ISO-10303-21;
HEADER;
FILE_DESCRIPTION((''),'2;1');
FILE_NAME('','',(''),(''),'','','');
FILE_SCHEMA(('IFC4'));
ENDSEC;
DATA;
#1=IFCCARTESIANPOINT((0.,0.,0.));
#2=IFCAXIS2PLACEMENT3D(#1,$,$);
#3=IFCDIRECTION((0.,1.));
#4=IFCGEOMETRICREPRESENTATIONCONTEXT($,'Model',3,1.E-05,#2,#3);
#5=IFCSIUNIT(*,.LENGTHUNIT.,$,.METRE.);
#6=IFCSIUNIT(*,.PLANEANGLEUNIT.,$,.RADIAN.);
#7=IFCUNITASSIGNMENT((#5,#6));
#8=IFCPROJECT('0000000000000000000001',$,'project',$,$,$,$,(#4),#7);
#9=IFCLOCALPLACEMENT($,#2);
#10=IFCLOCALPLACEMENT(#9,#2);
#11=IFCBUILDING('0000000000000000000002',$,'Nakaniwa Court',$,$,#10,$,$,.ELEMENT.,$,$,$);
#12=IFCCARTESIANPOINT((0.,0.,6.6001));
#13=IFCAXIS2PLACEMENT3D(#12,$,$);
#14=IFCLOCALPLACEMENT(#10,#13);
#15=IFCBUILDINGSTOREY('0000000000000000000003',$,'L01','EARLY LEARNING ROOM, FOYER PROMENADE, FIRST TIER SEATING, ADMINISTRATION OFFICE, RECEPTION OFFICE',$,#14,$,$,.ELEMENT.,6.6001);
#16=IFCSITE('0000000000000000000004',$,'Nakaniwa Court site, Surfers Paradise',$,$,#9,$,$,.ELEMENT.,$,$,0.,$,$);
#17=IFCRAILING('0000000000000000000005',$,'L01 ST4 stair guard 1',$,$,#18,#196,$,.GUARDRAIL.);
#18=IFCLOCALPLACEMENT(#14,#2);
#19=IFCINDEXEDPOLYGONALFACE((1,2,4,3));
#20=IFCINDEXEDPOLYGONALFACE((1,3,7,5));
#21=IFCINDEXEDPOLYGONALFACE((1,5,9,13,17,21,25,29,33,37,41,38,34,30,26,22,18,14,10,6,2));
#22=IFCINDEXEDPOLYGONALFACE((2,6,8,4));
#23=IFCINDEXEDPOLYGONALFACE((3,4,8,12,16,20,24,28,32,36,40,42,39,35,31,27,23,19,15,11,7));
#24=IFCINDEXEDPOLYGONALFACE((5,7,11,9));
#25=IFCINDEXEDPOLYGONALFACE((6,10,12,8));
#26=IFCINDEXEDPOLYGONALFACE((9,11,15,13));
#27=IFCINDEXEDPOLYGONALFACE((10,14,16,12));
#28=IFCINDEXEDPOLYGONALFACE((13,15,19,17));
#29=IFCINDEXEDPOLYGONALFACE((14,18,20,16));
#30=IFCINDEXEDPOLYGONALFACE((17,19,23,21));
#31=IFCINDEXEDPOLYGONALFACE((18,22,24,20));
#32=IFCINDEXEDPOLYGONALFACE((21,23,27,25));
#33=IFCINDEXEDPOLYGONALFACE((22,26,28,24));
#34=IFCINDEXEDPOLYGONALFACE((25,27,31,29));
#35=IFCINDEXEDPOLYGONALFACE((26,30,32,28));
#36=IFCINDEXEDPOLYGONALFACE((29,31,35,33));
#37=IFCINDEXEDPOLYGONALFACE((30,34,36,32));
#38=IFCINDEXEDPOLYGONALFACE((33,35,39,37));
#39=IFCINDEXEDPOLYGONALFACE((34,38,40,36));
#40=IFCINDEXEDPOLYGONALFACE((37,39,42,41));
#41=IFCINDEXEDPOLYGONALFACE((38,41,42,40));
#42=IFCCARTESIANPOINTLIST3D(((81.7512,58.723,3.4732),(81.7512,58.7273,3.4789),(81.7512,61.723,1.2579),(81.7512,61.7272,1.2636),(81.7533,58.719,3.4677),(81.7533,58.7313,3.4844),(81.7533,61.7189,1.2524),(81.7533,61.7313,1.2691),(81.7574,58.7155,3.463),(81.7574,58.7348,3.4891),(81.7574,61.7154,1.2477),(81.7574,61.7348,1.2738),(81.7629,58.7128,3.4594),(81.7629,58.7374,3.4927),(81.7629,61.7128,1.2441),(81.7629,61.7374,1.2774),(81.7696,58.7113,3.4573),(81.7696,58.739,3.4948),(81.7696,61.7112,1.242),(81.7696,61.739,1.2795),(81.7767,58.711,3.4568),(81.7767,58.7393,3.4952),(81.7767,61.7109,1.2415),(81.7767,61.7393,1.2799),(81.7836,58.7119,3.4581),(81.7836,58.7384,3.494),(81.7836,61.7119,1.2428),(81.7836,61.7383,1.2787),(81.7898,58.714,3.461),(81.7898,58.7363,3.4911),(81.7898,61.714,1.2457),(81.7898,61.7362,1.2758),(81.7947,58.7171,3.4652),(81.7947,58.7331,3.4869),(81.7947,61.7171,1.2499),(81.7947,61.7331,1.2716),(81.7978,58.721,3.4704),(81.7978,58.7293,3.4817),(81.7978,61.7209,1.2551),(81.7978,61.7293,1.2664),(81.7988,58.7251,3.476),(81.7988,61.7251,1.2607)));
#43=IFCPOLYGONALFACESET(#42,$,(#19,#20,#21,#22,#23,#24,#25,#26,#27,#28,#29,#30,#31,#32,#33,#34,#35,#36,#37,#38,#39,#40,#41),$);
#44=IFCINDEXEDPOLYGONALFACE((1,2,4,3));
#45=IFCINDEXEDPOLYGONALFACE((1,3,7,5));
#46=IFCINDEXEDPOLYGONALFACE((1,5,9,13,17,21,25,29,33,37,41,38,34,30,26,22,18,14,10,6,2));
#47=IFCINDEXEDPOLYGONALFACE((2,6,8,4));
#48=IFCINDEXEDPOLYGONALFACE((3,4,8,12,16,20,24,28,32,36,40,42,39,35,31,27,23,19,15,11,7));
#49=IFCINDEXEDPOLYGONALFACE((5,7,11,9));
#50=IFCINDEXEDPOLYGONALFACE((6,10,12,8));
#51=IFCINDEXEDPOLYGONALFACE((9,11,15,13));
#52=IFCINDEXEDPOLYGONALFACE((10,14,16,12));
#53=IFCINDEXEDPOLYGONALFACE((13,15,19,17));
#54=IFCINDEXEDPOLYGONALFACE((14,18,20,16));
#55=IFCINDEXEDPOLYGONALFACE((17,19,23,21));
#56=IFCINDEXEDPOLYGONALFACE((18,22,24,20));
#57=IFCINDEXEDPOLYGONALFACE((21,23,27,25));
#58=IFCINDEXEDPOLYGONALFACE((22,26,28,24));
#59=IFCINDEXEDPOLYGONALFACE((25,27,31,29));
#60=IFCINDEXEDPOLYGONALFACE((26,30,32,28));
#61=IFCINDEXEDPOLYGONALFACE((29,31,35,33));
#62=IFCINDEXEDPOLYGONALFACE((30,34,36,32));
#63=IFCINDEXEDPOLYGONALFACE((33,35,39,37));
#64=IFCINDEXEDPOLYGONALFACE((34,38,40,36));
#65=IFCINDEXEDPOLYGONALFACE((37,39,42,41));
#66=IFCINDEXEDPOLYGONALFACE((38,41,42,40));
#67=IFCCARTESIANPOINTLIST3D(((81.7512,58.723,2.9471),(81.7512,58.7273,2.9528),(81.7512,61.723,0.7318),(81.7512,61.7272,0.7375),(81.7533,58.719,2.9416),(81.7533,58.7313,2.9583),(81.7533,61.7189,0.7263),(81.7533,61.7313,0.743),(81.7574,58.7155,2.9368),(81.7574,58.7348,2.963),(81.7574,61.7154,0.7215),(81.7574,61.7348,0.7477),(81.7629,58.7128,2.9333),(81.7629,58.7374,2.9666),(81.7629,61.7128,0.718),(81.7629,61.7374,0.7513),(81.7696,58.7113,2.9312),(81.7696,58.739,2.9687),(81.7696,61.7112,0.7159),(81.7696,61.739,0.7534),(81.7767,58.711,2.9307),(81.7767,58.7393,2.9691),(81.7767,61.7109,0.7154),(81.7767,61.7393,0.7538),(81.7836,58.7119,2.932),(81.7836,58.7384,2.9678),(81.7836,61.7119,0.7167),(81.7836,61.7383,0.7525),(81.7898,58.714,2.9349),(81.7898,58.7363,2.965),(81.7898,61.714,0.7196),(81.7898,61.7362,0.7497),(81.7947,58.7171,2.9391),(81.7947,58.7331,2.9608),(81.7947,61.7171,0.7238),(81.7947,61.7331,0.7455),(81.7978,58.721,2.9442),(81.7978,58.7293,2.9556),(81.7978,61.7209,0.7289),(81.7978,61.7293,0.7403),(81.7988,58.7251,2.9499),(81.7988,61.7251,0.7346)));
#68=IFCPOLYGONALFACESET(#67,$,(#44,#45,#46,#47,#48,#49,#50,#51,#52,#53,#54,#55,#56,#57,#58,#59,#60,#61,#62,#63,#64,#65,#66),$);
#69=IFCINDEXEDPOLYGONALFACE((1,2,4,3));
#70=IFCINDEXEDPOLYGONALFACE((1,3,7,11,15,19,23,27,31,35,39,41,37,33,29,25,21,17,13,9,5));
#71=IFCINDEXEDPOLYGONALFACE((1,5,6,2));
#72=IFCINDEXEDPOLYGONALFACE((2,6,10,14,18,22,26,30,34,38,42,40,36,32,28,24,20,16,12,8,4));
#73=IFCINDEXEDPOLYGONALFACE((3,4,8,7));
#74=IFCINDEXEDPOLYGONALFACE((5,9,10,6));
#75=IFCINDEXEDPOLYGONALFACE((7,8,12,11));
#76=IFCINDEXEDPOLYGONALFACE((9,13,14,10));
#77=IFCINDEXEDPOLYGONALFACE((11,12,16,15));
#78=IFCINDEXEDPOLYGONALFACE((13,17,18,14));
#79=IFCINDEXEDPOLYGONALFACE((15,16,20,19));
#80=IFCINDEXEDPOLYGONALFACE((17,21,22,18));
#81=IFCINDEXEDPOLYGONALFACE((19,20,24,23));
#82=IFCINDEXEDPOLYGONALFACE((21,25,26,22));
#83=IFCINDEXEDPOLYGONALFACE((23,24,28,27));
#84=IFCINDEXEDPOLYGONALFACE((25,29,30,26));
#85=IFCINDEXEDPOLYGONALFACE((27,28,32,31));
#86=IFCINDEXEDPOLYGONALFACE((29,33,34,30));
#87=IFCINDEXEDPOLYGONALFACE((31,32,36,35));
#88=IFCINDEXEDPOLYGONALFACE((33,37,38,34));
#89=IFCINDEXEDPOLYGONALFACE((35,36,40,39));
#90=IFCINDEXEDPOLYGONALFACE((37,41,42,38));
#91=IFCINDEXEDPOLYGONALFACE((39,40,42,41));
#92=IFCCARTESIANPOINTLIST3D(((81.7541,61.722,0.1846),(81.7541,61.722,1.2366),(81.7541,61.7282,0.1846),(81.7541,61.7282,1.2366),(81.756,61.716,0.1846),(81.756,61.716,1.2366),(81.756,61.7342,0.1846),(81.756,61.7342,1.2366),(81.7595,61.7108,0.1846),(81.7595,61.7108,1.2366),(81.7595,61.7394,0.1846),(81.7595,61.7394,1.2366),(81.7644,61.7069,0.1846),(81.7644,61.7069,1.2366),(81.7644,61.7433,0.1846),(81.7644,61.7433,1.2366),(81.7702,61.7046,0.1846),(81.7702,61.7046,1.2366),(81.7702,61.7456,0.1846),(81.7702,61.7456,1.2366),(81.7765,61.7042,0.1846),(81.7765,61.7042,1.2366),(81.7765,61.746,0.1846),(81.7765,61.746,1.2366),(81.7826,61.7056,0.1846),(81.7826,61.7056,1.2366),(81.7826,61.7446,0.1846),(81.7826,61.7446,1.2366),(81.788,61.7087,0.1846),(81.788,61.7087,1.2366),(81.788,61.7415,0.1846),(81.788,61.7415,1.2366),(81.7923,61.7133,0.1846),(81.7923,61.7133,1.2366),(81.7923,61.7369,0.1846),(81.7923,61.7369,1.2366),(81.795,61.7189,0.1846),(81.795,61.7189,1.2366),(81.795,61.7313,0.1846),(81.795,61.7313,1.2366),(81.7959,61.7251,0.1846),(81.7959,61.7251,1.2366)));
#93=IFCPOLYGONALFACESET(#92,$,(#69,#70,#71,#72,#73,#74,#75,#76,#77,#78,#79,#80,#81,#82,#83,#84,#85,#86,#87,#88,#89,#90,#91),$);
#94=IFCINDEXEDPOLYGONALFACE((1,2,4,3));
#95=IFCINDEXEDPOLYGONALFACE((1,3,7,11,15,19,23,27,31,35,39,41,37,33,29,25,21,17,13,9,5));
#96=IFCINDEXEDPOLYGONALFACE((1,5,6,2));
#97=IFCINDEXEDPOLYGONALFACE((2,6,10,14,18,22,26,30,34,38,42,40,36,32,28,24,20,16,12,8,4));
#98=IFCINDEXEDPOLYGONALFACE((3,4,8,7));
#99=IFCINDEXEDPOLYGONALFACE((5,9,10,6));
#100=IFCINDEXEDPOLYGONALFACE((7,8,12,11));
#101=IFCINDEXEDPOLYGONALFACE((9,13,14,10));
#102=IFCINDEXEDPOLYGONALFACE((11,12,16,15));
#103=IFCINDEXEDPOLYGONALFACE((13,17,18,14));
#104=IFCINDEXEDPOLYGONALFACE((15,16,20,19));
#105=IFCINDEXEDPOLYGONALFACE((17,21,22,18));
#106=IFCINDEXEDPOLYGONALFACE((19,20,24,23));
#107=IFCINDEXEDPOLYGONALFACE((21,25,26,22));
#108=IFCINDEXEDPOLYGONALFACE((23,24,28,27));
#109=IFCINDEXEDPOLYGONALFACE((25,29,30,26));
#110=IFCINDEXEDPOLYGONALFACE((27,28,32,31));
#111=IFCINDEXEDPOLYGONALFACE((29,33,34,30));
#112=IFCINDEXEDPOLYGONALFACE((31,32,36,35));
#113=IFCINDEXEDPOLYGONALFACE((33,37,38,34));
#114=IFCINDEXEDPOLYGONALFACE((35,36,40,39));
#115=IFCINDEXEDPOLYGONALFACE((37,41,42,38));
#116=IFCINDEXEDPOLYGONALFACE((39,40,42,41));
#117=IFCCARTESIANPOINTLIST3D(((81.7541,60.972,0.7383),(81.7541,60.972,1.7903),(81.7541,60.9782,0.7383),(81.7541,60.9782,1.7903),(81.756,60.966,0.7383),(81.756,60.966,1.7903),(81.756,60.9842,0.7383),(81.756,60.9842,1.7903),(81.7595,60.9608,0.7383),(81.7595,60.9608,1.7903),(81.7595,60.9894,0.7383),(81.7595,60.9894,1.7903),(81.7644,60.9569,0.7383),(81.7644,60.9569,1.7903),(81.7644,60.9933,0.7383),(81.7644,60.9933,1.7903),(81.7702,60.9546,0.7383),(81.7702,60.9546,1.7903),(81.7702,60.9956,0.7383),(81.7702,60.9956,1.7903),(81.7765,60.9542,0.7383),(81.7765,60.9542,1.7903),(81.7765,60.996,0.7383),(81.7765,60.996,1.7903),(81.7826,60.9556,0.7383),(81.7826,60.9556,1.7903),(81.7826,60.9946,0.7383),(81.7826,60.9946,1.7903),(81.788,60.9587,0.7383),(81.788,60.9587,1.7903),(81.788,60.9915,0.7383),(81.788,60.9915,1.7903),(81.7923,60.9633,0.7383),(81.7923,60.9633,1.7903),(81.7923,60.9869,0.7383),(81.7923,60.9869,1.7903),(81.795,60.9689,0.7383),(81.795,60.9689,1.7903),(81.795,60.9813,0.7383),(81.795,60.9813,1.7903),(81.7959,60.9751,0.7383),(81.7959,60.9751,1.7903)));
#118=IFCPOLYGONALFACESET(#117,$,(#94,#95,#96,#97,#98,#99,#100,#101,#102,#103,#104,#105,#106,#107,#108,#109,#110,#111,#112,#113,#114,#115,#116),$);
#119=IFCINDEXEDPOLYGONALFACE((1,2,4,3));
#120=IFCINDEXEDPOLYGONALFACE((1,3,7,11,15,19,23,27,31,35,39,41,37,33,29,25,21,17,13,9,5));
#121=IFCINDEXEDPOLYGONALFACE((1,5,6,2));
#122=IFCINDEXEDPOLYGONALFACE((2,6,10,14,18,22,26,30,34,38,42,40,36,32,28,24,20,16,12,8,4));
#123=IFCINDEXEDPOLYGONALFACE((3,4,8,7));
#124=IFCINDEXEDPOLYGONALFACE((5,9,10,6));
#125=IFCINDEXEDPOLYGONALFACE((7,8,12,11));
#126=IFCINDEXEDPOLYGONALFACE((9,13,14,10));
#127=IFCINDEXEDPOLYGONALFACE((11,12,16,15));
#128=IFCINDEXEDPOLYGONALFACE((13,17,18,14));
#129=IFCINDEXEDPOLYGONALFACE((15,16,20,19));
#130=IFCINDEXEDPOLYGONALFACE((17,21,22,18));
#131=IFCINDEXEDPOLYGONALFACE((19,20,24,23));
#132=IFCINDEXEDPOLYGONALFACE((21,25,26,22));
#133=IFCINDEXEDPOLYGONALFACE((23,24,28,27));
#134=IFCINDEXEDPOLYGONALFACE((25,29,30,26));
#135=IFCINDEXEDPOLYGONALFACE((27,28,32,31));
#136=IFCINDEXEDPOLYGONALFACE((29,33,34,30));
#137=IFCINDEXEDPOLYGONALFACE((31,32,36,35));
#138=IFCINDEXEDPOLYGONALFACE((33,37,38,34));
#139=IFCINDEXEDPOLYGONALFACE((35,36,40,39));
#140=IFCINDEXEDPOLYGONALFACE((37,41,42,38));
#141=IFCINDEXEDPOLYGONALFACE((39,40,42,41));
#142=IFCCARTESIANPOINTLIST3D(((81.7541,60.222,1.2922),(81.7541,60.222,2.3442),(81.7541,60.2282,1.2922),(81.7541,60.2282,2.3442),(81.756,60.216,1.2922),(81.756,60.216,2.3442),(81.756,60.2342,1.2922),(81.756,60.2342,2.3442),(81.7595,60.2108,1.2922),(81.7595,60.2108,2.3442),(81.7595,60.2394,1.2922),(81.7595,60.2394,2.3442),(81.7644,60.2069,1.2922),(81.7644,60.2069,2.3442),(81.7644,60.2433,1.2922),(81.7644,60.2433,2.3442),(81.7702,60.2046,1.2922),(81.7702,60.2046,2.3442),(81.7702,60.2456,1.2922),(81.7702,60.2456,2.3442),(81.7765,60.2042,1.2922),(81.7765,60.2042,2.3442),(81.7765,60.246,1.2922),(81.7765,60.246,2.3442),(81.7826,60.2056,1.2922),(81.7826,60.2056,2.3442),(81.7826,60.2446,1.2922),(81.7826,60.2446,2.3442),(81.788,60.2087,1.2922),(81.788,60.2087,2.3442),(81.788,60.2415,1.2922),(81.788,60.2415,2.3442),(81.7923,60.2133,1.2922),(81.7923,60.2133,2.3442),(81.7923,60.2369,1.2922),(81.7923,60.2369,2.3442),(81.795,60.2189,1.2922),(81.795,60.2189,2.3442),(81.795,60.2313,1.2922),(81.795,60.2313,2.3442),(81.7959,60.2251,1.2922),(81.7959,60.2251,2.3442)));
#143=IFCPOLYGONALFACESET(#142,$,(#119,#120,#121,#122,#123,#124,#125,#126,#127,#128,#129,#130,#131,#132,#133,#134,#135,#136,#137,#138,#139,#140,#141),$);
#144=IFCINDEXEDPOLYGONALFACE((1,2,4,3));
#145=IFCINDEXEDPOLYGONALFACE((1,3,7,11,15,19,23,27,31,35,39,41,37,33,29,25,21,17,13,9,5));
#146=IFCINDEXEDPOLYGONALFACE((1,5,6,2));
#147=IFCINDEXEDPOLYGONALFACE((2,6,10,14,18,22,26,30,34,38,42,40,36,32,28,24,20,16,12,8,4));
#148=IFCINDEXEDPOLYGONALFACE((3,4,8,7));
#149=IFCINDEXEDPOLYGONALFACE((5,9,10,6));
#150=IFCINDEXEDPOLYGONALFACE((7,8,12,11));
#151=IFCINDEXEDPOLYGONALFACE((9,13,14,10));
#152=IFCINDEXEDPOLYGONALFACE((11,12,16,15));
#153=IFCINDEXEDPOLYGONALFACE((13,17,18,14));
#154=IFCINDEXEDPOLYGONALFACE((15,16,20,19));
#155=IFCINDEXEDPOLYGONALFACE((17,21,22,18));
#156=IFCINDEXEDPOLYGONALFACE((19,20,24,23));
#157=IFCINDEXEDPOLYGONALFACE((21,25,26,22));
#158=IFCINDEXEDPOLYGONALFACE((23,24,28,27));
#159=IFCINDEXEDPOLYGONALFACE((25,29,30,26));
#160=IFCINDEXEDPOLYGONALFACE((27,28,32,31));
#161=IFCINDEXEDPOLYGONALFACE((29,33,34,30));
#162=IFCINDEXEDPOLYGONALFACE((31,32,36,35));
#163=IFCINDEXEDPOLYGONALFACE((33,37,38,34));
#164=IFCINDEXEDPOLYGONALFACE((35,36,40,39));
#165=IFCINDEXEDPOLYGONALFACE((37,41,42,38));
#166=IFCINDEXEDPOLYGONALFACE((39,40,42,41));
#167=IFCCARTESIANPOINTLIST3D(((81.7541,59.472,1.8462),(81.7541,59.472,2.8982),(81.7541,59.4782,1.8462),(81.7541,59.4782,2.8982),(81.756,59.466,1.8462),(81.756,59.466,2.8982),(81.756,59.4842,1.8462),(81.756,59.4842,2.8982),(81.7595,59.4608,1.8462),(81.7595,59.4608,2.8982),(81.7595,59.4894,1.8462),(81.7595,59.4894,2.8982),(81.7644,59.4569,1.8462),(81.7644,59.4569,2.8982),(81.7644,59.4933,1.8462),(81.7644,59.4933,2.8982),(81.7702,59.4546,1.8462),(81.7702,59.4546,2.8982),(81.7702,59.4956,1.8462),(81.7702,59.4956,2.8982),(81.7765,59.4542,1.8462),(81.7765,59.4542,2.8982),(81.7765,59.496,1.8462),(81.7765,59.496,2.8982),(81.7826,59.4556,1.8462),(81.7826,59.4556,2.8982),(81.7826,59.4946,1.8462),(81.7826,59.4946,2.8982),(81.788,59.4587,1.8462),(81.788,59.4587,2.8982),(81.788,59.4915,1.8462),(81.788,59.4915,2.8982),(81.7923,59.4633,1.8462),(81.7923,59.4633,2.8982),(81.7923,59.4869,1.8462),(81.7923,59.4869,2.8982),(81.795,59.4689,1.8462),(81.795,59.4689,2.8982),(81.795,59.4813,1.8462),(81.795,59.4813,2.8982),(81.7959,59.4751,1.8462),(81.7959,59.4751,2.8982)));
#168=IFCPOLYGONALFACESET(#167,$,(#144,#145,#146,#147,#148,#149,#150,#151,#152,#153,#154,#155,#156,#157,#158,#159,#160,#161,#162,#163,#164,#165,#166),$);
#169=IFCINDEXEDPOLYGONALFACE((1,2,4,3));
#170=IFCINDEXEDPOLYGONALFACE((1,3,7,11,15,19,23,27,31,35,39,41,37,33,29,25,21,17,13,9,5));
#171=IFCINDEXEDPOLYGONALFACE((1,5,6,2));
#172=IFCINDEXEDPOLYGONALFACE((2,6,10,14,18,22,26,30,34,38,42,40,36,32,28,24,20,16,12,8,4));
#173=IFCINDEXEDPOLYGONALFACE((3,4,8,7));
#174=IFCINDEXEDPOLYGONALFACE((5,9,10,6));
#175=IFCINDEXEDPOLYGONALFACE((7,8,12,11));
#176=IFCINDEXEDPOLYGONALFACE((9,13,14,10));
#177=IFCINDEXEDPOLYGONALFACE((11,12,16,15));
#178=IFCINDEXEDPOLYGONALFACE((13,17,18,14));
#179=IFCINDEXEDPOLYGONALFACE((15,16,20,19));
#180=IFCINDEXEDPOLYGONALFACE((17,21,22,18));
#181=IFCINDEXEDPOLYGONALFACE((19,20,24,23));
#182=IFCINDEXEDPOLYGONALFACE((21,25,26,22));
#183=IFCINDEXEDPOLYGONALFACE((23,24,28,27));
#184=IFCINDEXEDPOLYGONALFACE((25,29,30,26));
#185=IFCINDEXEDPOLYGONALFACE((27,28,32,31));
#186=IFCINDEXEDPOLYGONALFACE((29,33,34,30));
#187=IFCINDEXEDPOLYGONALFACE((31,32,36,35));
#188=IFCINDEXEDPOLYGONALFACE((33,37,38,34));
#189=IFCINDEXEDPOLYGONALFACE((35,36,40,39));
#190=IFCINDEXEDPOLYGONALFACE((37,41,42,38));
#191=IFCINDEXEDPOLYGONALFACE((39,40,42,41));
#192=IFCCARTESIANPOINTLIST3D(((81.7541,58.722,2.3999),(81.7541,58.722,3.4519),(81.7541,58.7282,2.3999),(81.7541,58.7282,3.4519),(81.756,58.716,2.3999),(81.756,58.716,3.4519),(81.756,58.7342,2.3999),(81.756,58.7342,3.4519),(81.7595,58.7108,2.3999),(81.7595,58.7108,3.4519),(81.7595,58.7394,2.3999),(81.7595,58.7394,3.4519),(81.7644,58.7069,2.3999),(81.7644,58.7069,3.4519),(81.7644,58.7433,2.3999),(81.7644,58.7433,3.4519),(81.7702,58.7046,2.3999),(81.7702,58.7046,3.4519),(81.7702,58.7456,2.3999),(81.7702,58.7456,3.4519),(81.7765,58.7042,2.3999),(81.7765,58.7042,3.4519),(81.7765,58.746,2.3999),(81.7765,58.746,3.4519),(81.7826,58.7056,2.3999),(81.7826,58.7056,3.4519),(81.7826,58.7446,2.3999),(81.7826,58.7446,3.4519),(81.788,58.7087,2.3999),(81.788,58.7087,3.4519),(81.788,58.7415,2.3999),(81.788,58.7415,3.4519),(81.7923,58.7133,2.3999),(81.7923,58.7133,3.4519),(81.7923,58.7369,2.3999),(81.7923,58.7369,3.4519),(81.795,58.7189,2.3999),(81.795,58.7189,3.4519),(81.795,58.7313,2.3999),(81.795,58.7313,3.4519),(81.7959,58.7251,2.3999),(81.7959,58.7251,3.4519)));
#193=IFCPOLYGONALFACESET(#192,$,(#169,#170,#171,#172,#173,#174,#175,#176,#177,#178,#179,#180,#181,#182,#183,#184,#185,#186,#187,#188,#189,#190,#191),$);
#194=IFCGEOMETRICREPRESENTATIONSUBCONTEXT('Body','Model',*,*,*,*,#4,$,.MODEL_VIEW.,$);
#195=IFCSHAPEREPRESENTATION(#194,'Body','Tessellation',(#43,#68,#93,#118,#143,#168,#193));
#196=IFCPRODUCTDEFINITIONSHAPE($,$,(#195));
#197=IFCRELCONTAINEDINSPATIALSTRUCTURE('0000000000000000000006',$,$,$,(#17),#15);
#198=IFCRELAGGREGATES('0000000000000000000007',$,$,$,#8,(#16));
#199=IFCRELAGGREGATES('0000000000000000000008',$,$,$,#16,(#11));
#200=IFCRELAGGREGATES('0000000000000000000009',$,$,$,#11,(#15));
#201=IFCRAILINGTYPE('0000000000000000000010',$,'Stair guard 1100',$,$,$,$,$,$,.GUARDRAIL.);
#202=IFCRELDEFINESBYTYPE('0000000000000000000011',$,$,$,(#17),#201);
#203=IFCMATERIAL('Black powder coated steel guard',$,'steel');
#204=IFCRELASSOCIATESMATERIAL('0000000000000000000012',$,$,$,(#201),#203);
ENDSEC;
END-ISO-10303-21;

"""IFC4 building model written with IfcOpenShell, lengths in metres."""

from ifc_helpers import new_model, si_unit, direction, frame, origin, origin_2d, place, context, subcontext, project, spatial, circle, extrude, material, type_object, element, save


model = new_model("IFC4")

# Units and contexts
model_context = context("Model", 3, precision=1e-05, world=origin(), true_north=direction((0.0, 1.0)))
body_context = subcontext(model_context, "Body", "Model", "MODEL_VIEW")
ifc_project = project(units=[si_unit("LENGTHUNIT", "METRE"), si_unit("PLANEANGLEUNIT", "RADIAN")], contexts=[model_context])

# Site, building, storey
site_placement = place(None, origin())
site = spatial("IfcSite", under=ifc_project, at=site_placement, Name="Nakaniwa Court site, Surfers Paradise", CompositionType="ELEMENT", RefElevation=0.0)
building_placement = place(site_placement, origin())
building = spatial("IfcBuilding", under=site, at=building_placement, Name="Nakaniwa Court", CompositionType="ELEMENT")
storey_placement = place(building_placement, frame((0.0, 0.0, 6.6001)))
storey = spatial("IfcBuildingStorey", under=building, at=storey_placement, Name="L01", Description="EARLY LEARNING ROOM, FOYER PROMENADE, FIRST TIER SEATING, ADMINISTRATION OFFICE, RECEPTION OFFICE", CompositionType="ELEMENT", Elevation=6.6001)

# Railing
ifc_material_1 = material(Name="Black powder coated steel guard", Category="steel")
railing_type_1 = type_object("IfcRailingType", Name="Stair guard 1100", PredefinedType="GUARDRAIL", material=ifc_material_1)
railing_1_placement = place(storey_placement, frame((81.7749, 61.7251, 0.1846)))
element("IfcRailing", 1, at=railing_1_placement, inside=storey, type_object=railing_type_1, Name="L01 ST4 stair guard 1", PredefinedType="GUARDRAIL", context=body_context, shape_type="SweptSolid", body=[
    extrude(circle(Radius=0.0239, at=origin_2d()), frame((0.0, 0.0, 1.0762), z_axis=(0.0, -0.80444, 0.594034), x_axis=(1.0, 0.0, 0.0)), (0.0, 0.0, 1.0), 3.7292),
    extrude(circle(Radius=0.0239, at=origin_2d()), frame((0.0, 0.0, 0.55), z_axis=(0.0, -0.80444, 0.594034), x_axis=(1.0, 0.0, 0.0)), (0.0, 0.0, 1.0), 3.7292),
    extrude(circle(Radius=0.021, at=origin_2d()), origin(), (0.0, 0.0, 1.0), 1.052),
    extrude(circle(Radius=0.021, at=origin_2d()), frame((0.0, -0.75, 0.5537)), (0.0, 0.0, 1.0), 1.052),
    extrude(circle(Radius=0.021, at=origin_2d()), frame((0.0, -1.5, 1.1077)), (0.0, 0.0, 1.0), 1.052),
    extrude(circle(Radius=0.021, at=origin_2d()), frame((0.0, -2.25, 1.6616)), (0.0, 0.0, 1.0), 1.052),
    extrude(circle(Radius=0.021, at=origin_2d()), frame((0.0, -3.0, 2.2153)), (0.0, 0.0, 1.0), 1.052),
])

save(model, "model.ifc")
